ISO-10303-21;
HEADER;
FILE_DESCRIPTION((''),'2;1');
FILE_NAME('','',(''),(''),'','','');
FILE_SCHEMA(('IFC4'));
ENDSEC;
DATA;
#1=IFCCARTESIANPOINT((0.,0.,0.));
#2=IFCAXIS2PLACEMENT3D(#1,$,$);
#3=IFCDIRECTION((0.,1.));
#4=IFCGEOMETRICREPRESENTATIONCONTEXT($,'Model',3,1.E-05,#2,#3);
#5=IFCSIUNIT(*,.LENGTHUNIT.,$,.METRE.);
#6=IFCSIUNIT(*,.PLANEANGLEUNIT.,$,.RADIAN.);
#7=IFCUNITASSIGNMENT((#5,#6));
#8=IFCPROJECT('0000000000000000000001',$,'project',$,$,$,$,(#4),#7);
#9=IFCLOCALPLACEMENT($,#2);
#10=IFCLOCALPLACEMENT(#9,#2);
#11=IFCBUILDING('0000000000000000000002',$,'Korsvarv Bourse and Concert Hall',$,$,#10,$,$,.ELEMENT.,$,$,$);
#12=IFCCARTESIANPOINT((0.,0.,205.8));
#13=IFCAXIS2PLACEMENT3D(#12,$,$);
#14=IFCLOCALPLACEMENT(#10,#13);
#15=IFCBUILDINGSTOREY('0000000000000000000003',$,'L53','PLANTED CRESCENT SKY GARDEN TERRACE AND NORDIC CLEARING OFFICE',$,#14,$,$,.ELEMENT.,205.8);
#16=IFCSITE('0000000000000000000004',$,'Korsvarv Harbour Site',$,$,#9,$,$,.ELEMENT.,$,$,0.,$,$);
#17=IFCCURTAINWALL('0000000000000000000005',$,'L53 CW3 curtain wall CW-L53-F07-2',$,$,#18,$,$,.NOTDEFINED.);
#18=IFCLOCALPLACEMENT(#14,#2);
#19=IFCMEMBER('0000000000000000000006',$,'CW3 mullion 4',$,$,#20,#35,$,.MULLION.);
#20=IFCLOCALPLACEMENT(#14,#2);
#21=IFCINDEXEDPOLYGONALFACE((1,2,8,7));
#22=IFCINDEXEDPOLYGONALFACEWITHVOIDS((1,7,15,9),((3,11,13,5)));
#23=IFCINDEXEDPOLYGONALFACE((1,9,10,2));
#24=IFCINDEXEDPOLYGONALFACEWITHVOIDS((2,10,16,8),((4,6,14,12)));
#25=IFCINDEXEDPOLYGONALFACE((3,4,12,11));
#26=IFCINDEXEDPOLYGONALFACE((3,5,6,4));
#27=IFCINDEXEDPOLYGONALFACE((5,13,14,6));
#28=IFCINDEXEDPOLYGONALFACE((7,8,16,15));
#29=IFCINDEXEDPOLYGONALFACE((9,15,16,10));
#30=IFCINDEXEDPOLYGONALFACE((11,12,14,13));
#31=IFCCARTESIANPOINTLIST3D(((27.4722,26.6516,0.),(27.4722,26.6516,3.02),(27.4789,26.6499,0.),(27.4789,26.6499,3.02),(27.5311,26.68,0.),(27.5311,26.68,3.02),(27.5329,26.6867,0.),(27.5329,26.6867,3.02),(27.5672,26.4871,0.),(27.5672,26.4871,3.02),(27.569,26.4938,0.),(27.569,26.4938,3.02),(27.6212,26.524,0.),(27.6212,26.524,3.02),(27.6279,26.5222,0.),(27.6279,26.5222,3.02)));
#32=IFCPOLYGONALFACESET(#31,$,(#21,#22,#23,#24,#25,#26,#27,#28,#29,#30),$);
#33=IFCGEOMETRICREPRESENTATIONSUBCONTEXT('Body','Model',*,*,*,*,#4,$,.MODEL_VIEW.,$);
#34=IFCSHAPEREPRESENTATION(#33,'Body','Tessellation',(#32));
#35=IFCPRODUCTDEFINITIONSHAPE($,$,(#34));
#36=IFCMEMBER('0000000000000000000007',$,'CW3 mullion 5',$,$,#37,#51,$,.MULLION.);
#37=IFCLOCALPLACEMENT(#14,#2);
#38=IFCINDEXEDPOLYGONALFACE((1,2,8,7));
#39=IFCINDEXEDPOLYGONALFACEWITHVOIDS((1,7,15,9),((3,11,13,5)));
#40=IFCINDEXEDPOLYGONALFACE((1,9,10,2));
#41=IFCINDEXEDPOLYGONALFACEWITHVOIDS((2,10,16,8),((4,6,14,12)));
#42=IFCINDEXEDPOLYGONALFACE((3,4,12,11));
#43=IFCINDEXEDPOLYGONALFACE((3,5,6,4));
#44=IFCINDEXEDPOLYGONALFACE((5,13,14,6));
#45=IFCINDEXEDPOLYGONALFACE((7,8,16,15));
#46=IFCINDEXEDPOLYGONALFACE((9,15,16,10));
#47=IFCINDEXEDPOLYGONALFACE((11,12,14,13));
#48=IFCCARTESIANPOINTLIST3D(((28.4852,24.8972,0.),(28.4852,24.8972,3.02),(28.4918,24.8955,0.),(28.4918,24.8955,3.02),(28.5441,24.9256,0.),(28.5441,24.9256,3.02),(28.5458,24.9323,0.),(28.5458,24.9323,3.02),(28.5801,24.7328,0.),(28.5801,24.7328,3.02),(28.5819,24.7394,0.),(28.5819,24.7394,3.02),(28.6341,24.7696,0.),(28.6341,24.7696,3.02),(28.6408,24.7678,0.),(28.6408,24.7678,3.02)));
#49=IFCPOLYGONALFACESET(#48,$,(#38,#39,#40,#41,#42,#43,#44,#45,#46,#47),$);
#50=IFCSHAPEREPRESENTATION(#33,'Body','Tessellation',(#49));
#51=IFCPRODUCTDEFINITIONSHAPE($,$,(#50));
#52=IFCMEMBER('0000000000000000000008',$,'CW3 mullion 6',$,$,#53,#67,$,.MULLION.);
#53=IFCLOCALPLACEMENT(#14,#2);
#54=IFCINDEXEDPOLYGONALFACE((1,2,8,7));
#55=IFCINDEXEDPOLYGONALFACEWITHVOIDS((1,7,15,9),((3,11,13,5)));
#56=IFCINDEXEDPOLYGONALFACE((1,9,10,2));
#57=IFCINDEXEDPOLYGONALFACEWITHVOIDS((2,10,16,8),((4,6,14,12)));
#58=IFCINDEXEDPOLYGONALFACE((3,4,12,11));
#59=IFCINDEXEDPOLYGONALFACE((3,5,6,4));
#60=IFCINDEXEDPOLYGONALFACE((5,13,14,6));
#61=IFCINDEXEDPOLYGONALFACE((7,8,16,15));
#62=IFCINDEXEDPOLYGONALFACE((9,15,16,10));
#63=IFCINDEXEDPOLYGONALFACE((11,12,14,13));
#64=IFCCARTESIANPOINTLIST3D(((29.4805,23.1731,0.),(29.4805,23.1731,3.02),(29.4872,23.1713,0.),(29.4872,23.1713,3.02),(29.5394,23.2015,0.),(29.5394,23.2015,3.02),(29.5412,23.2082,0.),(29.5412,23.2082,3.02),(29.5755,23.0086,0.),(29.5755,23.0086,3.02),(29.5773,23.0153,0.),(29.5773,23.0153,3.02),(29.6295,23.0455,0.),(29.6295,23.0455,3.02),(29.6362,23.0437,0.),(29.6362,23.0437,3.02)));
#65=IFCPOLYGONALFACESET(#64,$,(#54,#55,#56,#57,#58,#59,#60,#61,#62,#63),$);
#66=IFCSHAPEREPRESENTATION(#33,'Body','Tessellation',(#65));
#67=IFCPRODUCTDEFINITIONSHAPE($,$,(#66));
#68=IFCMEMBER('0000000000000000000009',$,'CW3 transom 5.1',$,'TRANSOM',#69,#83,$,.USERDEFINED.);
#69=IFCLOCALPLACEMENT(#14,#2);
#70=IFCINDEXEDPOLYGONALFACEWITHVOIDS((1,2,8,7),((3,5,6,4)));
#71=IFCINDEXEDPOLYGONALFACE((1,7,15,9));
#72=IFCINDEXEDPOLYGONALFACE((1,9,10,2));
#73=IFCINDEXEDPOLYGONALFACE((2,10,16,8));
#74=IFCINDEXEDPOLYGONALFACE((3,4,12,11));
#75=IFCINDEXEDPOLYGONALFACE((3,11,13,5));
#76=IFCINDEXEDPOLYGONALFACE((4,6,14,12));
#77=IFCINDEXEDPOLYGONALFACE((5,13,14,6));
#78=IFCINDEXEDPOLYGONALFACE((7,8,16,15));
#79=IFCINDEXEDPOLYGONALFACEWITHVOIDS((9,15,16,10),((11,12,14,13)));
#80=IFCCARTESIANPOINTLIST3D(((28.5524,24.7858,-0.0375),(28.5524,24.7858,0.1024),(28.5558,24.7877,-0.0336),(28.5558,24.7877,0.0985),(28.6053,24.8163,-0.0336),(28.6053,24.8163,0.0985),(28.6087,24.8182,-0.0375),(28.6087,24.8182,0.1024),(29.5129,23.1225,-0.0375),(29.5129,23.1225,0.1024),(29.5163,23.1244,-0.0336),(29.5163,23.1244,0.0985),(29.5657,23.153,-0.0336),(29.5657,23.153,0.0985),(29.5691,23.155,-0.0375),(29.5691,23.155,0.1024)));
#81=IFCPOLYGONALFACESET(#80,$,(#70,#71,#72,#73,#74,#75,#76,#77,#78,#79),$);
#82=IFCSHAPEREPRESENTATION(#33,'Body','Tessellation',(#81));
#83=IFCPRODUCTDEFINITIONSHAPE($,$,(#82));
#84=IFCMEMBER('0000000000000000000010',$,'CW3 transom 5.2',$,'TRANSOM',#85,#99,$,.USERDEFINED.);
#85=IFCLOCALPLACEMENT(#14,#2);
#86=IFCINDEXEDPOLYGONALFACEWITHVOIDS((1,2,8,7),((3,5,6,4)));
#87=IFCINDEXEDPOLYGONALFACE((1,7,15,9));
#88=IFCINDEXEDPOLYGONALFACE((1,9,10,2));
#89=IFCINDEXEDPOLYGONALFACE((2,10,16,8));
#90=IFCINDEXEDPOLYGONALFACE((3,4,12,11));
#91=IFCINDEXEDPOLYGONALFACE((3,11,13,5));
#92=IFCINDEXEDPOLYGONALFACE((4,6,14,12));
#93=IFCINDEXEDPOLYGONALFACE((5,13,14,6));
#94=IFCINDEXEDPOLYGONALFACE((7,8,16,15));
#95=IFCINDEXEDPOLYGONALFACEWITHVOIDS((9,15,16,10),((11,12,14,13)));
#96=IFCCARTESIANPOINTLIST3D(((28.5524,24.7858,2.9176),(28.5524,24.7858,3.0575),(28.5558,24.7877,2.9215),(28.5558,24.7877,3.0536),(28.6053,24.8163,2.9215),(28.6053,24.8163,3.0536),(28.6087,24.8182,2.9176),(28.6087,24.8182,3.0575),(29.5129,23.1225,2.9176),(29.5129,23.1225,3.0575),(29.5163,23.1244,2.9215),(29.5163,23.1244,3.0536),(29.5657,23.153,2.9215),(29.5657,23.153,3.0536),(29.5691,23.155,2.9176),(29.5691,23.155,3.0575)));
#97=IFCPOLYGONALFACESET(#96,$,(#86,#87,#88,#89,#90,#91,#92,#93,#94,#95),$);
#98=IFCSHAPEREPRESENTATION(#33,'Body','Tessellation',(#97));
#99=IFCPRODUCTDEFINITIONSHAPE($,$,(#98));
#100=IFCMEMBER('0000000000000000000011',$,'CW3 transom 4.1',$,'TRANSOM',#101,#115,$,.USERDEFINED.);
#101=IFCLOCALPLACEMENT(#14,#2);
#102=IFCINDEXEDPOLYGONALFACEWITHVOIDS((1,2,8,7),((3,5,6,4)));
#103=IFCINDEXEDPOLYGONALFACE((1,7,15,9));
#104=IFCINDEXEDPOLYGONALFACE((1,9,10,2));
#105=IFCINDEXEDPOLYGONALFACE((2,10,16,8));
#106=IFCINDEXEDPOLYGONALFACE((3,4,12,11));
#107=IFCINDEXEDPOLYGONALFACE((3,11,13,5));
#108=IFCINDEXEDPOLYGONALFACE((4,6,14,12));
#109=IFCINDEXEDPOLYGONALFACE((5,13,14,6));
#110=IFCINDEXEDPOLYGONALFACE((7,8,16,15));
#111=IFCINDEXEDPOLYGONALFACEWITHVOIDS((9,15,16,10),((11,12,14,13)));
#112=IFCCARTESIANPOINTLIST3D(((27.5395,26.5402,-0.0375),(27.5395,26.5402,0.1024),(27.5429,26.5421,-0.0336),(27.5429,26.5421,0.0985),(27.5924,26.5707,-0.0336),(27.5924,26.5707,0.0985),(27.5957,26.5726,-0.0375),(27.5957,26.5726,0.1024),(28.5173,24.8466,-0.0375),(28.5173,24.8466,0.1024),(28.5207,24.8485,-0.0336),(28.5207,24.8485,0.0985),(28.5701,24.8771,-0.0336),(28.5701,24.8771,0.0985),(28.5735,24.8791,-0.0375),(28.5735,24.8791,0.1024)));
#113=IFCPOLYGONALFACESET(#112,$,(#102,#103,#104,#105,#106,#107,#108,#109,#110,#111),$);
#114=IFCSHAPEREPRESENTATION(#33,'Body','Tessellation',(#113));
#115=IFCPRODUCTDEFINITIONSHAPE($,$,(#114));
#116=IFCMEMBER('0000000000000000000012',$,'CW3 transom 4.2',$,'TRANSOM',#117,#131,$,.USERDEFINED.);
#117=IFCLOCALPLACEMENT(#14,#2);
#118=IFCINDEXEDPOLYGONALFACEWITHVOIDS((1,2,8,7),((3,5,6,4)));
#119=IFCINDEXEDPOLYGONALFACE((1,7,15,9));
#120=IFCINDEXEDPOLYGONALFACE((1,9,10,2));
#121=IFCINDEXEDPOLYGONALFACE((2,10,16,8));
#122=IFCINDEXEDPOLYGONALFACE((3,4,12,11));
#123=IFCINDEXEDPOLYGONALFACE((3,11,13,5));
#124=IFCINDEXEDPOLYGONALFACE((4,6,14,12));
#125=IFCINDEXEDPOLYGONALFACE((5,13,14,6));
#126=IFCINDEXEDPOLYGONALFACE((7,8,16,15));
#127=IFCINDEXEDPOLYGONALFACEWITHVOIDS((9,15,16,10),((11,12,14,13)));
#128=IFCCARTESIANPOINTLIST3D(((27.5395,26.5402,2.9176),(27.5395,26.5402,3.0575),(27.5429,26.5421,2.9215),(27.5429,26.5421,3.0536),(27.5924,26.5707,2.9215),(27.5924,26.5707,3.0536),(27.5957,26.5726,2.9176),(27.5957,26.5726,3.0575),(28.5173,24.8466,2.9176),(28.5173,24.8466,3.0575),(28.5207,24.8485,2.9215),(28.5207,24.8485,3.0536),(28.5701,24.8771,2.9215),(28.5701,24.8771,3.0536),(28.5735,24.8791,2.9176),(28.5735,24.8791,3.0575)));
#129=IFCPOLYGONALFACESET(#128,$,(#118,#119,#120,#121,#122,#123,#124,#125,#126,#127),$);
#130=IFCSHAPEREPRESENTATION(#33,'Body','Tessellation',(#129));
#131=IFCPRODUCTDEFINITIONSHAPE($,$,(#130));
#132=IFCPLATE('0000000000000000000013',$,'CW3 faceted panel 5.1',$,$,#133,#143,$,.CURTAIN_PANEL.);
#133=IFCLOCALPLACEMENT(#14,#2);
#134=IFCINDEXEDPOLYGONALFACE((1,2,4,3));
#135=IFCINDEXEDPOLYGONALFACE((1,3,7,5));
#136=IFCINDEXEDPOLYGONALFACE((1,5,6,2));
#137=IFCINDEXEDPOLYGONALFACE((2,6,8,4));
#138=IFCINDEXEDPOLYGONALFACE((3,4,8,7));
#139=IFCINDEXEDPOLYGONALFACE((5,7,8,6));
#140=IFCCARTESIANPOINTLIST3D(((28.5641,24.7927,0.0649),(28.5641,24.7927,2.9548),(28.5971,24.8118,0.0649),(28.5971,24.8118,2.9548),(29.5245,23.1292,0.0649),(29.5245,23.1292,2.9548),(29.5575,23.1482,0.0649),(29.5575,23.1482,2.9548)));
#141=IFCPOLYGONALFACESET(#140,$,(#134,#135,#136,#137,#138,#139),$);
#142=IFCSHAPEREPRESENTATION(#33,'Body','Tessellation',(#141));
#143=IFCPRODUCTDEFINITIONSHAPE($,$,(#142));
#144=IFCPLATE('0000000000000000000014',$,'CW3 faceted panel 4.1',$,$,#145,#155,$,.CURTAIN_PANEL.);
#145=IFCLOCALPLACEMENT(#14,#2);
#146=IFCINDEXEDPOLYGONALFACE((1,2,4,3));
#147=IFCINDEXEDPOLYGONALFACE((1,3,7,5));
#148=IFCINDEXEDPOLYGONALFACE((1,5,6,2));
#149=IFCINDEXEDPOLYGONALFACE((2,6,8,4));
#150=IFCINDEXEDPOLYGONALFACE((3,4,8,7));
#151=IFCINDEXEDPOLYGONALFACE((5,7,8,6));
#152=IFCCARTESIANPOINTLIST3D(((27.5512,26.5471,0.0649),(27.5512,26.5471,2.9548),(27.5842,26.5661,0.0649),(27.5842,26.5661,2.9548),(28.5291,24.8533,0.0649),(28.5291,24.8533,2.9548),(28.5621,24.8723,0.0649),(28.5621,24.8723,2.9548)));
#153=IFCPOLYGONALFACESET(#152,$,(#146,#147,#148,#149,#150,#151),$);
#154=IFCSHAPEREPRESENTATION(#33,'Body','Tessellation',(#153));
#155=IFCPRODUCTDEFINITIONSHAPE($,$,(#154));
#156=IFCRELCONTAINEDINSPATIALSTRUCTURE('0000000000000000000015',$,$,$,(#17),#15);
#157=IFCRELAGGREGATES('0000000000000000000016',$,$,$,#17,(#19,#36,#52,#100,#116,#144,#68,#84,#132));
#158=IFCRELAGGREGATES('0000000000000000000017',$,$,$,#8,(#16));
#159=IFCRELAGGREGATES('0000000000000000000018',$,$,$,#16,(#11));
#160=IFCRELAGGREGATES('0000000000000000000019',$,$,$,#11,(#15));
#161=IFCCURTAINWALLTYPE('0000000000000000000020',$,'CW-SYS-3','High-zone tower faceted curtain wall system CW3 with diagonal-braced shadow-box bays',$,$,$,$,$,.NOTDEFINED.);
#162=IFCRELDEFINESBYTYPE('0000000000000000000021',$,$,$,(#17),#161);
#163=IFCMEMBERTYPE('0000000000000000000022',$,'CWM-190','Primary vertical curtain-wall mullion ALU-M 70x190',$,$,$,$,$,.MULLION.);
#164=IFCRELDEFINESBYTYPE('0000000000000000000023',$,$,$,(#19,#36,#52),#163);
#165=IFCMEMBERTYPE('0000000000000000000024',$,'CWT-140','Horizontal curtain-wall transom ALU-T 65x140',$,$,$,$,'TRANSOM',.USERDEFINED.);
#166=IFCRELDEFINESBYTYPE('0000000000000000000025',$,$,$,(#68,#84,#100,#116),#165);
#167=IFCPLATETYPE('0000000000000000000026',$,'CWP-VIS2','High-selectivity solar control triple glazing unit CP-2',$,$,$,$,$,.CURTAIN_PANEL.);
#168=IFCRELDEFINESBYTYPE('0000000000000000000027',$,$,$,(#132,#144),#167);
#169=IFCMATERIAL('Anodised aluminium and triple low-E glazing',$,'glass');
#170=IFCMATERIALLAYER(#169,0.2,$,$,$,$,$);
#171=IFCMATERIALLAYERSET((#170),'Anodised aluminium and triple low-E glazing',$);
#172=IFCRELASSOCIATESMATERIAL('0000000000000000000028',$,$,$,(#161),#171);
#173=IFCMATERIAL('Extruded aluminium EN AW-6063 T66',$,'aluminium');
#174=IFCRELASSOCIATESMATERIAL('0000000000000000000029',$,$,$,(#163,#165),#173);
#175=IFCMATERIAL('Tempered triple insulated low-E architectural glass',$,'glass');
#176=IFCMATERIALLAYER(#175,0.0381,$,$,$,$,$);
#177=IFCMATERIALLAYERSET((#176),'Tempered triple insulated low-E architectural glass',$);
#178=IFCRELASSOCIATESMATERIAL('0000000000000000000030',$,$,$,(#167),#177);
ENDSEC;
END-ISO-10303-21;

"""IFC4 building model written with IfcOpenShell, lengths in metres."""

from ifc_helpers import new_model, si_unit, direction, frame, origin, origin_2d, place, context, subcontext, project, spatial, rectangle, hollow_rectangle, extrude, source, transform, mapped, material, layer, layer_set, material_profile, profile_set, type_object, element, aggregate, save


model = new_model("IFC4")

# Units and contexts
model_context = context("Model", 3, precision=1e-05, world=origin(), true_north=direction((0.0, 1.0)))
body_context = subcontext(model_context, "Body", "Model", "MODEL_VIEW")
ifc_project = project(units=[si_unit("LENGTHUNIT", "METRE"), si_unit("PLANEANGLEUNIT", "RADIAN")], contexts=[model_context])

# Site, building, storey
site_placement = place(None, origin())
site = spatial("IfcSite", under=ifc_project, at=site_placement, Name="Korsvarv Harbour Site", CompositionType="ELEMENT", RefElevation=0.0)
building_placement = place(site_placement, origin())
building = spatial("IfcBuilding", under=site, at=building_placement, Name="Korsvarv Bourse and Concert Hall", CompositionType="ELEMENT")
storey_placement = place(building_placement, frame((0.0, 0.0, 205.8)))
storey = spatial("IfcBuildingStorey", under=building, at=storey_placement, Name="L53", Description="PLANTED CRESCENT SKY GARDEN TERRACE AND NORDIC CLEARING OFFICE", CompositionType="ELEMENT", Elevation=205.8)

# Curtain wall, members, plates
ifc_material_1 = material(Name="Anodised aluminium and triple low-E glazing", Category="glass")
ifc_layer_1 = layer(ifc_material_1, 0.2)
ifc_layer_set_1 = layer_set([ifc_layer_1], Name="Anodised aluminium and triple low-E glazing")
curtain_wall_type = type_object("IfcCurtainWallType", Name="CW-SYS-3", Description="High-zone tower faceted curtain wall system CW3 with diagonal-braced shadow-box bays", PredefinedType="NOTDEFINED", material=ifc_layer_set_1)
curtain_wall_placement = place(storey_placement, origin())
curtain_wall = element("IfcCurtainWall", 1, at=curtain_wall_placement, inside=storey, type_object=curtain_wall_type, Name="L53 CW3 curtain wall CW-L53-F07-2", PredefinedType="NOTDEFINED")
ifc_material_2 = material(Name="Extruded aluminium EN AW-6063 T66", Category="aluminium")
ifc_material_profile_1 = material_profile(ifc_material_2, hollow_rectangle(XDim=0.0701, YDim=0.1899, WallThickness=0.0049, at=origin_2d()), Name="ALU-M 70x190")
ifc_profile_set_1 = profile_set([ifc_material_profile_1], Name="Extruded aluminium EN AW-6063 T66")
member_type_1 = type_object("IfcMemberType", Name="CWM-190", Description="Primary vertical curtain-wall mullion ALU-M 70x190", PredefinedType="MULLION", material=ifc_profile_set_1)
shared_shape_1 = source(origin(), body_context, "Body", "SweptSolid", [
    extrude(hollow_rectangle(XDim=0.0701, YDim=0.1899, WallThickness=0.0049, at=origin_2d()), origin(), (0.0, 0.0, 1.0), 3.02),
])
member_1_placement = place(storey_placement, frame((27.55, 26.5869, 0.0), z_axis=(0.0, 0.0, 1.0), x_axis=(0.866026, 0.499999, 0.0)))
member_1 = element("IfcMember", 2, at=member_1_placement, type_object=member_type_1, Name="CW3 mullion 4", PredefinedType="MULLION", context=body_context, shape_type="MappedRepresentation", body=[
    mapped(shared_shape_1, transform((0.0, 0.0, 0.0), scale=1.0)),
])
member_2_placement = place(storey_placement, frame((28.563, 24.8325, 0.0), z_axis=(0.0, 0.0, 1.0), x_axis=(0.866026, 0.499999, 0.0)))
member_2 = element("IfcMember", 3, at=member_2_placement, type_object=member_type_1, Name="CW3 mullion 5", PredefinedType="MULLION", context=body_context, shape_type="MappedRepresentation", body=[
    mapped(shared_shape_1, transform((0.0, 0.0, 0.0), scale=1.0)),
])
member_3_placement = place(storey_placement, frame((29.5583, 23.1084, 0.0), z_axis=(0.0, 0.0, 1.0), x_axis=(0.866026, 0.499999, 0.0)))
member_3 = element("IfcMember", 4, at=member_3_placement, type_object=member_type_1, Name="CW3 mullion 6", PredefinedType="MULLION", context=body_context, shape_type="MappedRepresentation", body=[
    mapped(shared_shape_1, transform((0.0, 0.0, 0.0), scale=1.0)),
])
ifc_material_profile_2 = material_profile(ifc_material_2, hollow_rectangle(XDim=0.0649, YDim=0.1399, WallThickness=0.0039, at=origin_2d()), Name="ALU-T 65x140")
ifc_profile_set_2 = profile_set([ifc_material_profile_2], Name="Extruded aluminium EN AW-6063 T66")
member_type_2 = type_object("IfcMemberType", Name="CWT-140", Description="Horizontal curtain-wall transom ALU-T 65x140", ElementType="TRANSOM", PredefinedType="USERDEFINED", material=ifc_profile_set_2)
shared_shape_2 = source(origin(), body_context, "Body", "SweptSolid", [
    extrude(hollow_rectangle(XDim=0.0649, YDim=0.1399, WallThickness=0.0039, at=origin_2d()), origin(), (0.0, 0.0, 1.0), 1.9207),
])
member_4_placement = place(storey_placement, frame((28.5806, 24.802, 0.0325), z_axis=(0.500049, -0.865997, 0.0), x_axis=(0.865997, 0.500049, 0.0)))
member_4 = element("IfcMember", 5, at=member_4_placement, type_object=member_type_2, Name="CW3 transom 5.1", ObjectType="TRANSOM", PredefinedType="USERDEFINED", context=body_context, shape_type="MappedRepresentation", body=[
    mapped(shared_shape_2, transform((0.0, 0.0, 0.0), scale=1.0)),
])
member_5_placement = place(storey_placement, frame((28.5806, 24.802, 2.9875), z_axis=(0.500049, -0.865997, 0.0), x_axis=(0.865997, 0.500049, 0.0)))
member_5 = element("IfcMember", 6, at=member_5_placement, type_object=member_type_2, Name="CW3 transom 5.2", ObjectType="TRANSOM", PredefinedType="USERDEFINED", context=body_context, shape_type="MappedRepresentation", body=[
    mapped(shared_shape_2, transform((0.0, 0.0, 0.0), scale=1.0)),
])
shared_shape_3 = source(origin(), body_context, "Body", "SweptSolid", [
    extrude(hollow_rectangle(XDim=0.0649, YDim=0.1399, WallThickness=0.0039, at=origin_2d()), origin(), (0.0, 0.0, 1.0), 1.9556),
])
member_6_placement = place(storey_placement, frame((27.5676, 26.5564, 0.0325), z_axis=(0.499993, -0.86603, 0.0), x_axis=(0.86603, 0.499993, 0.0)))
member_6 = element("IfcMember", 7, at=member_6_placement, type_object=member_type_2, Name="CW3 transom 4.1", ObjectType="TRANSOM", PredefinedType="USERDEFINED", context=body_context, shape_type="MappedRepresentation", body=[
    mapped(shared_shape_3, transform((0.0, 0.0, 0.0), scale=1.0)),
])
member_7_placement = place(storey_placement, frame((27.5676, 26.5564, 2.9875), z_axis=(0.499993, -0.86603, 0.0), x_axis=(0.86603, 0.499993, 0.0)))
member_7 = element("IfcMember", 8, at=member_7_placement, type_object=member_type_2, Name="CW3 transom 4.2", ObjectType="TRANSOM", PredefinedType="USERDEFINED", context=body_context, shape_type="MappedRepresentation", body=[
    mapped(shared_shape_3, transform((0.0, 0.0, 0.0), scale=1.0)),
])
ifc_material_3 = material(Name="Tempered triple insulated low-E architectural glass", Category="glass")
ifc_layer_2 = layer(ifc_material_3, 0.0381)
ifc_layer_set_2 = layer_set([ifc_layer_2], Name="Tempered triple insulated low-E architectural glass")
plate_type = type_object("IfcPlateType", Name="CWP-VIS2", Description="High-selectivity solar control triple glazing unit CP-2", PredefinedType="CURTAIN_PANEL", material=ifc_layer_set_2)
shared_shape_4 = source(origin(), body_context, "Body", "SweptSolid", [
    extrude(rectangle(XDim=1.9209, YDim=0.0381, at=origin_2d()), origin(), (0.0, 0.0, 1.0), 2.8899),
])
plate_1_placement = place(storey_placement, frame((29.0608, 23.9705, 0.0649), z_axis=(0.0, 0.0, 1.0), x_axis=(0.499999, -0.866026, 0.0)))
plate_1 = element("IfcPlate", 9, at=plate_1_placement, type_object=plate_type, Name="CW3 faceted panel 5.1", PredefinedType="CURTAIN_PANEL", context=body_context, shape_type="MappedRepresentation", body=[
    mapped(shared_shape_4, transform((0.0, 0.0, 0.0), scale=1.0)),
])
shared_shape_5 = source(origin(), body_context, "Body", "SweptSolid", [
    extrude(rectangle(XDim=1.9558, YDim=0.0381, at=origin_2d()), origin(), (0.0, 0.0, 1.0), 2.8899),
])
plate_2_placement = place(storey_placement, frame((28.0566, 25.7097, 0.0649), z_axis=(0.0, 0.0, 1.0), x_axis=(0.499999, -0.866026, 0.0)))
plate_2 = element("IfcPlate", 10, at=plate_2_placement, type_object=plate_type, Name="CW3 faceted panel 4.1", PredefinedType="CURTAIN_PANEL", context=body_context, shape_type="MappedRepresentation", body=[
    mapped(shared_shape_5, transform((0.0, 0.0, 0.0), scale=1.0)),
])
aggregate(curtain_wall, [member_1, member_2, member_3, member_6, member_7, plate_2, member_4, member_5, plate_1])

save(model, "model.ifc")
